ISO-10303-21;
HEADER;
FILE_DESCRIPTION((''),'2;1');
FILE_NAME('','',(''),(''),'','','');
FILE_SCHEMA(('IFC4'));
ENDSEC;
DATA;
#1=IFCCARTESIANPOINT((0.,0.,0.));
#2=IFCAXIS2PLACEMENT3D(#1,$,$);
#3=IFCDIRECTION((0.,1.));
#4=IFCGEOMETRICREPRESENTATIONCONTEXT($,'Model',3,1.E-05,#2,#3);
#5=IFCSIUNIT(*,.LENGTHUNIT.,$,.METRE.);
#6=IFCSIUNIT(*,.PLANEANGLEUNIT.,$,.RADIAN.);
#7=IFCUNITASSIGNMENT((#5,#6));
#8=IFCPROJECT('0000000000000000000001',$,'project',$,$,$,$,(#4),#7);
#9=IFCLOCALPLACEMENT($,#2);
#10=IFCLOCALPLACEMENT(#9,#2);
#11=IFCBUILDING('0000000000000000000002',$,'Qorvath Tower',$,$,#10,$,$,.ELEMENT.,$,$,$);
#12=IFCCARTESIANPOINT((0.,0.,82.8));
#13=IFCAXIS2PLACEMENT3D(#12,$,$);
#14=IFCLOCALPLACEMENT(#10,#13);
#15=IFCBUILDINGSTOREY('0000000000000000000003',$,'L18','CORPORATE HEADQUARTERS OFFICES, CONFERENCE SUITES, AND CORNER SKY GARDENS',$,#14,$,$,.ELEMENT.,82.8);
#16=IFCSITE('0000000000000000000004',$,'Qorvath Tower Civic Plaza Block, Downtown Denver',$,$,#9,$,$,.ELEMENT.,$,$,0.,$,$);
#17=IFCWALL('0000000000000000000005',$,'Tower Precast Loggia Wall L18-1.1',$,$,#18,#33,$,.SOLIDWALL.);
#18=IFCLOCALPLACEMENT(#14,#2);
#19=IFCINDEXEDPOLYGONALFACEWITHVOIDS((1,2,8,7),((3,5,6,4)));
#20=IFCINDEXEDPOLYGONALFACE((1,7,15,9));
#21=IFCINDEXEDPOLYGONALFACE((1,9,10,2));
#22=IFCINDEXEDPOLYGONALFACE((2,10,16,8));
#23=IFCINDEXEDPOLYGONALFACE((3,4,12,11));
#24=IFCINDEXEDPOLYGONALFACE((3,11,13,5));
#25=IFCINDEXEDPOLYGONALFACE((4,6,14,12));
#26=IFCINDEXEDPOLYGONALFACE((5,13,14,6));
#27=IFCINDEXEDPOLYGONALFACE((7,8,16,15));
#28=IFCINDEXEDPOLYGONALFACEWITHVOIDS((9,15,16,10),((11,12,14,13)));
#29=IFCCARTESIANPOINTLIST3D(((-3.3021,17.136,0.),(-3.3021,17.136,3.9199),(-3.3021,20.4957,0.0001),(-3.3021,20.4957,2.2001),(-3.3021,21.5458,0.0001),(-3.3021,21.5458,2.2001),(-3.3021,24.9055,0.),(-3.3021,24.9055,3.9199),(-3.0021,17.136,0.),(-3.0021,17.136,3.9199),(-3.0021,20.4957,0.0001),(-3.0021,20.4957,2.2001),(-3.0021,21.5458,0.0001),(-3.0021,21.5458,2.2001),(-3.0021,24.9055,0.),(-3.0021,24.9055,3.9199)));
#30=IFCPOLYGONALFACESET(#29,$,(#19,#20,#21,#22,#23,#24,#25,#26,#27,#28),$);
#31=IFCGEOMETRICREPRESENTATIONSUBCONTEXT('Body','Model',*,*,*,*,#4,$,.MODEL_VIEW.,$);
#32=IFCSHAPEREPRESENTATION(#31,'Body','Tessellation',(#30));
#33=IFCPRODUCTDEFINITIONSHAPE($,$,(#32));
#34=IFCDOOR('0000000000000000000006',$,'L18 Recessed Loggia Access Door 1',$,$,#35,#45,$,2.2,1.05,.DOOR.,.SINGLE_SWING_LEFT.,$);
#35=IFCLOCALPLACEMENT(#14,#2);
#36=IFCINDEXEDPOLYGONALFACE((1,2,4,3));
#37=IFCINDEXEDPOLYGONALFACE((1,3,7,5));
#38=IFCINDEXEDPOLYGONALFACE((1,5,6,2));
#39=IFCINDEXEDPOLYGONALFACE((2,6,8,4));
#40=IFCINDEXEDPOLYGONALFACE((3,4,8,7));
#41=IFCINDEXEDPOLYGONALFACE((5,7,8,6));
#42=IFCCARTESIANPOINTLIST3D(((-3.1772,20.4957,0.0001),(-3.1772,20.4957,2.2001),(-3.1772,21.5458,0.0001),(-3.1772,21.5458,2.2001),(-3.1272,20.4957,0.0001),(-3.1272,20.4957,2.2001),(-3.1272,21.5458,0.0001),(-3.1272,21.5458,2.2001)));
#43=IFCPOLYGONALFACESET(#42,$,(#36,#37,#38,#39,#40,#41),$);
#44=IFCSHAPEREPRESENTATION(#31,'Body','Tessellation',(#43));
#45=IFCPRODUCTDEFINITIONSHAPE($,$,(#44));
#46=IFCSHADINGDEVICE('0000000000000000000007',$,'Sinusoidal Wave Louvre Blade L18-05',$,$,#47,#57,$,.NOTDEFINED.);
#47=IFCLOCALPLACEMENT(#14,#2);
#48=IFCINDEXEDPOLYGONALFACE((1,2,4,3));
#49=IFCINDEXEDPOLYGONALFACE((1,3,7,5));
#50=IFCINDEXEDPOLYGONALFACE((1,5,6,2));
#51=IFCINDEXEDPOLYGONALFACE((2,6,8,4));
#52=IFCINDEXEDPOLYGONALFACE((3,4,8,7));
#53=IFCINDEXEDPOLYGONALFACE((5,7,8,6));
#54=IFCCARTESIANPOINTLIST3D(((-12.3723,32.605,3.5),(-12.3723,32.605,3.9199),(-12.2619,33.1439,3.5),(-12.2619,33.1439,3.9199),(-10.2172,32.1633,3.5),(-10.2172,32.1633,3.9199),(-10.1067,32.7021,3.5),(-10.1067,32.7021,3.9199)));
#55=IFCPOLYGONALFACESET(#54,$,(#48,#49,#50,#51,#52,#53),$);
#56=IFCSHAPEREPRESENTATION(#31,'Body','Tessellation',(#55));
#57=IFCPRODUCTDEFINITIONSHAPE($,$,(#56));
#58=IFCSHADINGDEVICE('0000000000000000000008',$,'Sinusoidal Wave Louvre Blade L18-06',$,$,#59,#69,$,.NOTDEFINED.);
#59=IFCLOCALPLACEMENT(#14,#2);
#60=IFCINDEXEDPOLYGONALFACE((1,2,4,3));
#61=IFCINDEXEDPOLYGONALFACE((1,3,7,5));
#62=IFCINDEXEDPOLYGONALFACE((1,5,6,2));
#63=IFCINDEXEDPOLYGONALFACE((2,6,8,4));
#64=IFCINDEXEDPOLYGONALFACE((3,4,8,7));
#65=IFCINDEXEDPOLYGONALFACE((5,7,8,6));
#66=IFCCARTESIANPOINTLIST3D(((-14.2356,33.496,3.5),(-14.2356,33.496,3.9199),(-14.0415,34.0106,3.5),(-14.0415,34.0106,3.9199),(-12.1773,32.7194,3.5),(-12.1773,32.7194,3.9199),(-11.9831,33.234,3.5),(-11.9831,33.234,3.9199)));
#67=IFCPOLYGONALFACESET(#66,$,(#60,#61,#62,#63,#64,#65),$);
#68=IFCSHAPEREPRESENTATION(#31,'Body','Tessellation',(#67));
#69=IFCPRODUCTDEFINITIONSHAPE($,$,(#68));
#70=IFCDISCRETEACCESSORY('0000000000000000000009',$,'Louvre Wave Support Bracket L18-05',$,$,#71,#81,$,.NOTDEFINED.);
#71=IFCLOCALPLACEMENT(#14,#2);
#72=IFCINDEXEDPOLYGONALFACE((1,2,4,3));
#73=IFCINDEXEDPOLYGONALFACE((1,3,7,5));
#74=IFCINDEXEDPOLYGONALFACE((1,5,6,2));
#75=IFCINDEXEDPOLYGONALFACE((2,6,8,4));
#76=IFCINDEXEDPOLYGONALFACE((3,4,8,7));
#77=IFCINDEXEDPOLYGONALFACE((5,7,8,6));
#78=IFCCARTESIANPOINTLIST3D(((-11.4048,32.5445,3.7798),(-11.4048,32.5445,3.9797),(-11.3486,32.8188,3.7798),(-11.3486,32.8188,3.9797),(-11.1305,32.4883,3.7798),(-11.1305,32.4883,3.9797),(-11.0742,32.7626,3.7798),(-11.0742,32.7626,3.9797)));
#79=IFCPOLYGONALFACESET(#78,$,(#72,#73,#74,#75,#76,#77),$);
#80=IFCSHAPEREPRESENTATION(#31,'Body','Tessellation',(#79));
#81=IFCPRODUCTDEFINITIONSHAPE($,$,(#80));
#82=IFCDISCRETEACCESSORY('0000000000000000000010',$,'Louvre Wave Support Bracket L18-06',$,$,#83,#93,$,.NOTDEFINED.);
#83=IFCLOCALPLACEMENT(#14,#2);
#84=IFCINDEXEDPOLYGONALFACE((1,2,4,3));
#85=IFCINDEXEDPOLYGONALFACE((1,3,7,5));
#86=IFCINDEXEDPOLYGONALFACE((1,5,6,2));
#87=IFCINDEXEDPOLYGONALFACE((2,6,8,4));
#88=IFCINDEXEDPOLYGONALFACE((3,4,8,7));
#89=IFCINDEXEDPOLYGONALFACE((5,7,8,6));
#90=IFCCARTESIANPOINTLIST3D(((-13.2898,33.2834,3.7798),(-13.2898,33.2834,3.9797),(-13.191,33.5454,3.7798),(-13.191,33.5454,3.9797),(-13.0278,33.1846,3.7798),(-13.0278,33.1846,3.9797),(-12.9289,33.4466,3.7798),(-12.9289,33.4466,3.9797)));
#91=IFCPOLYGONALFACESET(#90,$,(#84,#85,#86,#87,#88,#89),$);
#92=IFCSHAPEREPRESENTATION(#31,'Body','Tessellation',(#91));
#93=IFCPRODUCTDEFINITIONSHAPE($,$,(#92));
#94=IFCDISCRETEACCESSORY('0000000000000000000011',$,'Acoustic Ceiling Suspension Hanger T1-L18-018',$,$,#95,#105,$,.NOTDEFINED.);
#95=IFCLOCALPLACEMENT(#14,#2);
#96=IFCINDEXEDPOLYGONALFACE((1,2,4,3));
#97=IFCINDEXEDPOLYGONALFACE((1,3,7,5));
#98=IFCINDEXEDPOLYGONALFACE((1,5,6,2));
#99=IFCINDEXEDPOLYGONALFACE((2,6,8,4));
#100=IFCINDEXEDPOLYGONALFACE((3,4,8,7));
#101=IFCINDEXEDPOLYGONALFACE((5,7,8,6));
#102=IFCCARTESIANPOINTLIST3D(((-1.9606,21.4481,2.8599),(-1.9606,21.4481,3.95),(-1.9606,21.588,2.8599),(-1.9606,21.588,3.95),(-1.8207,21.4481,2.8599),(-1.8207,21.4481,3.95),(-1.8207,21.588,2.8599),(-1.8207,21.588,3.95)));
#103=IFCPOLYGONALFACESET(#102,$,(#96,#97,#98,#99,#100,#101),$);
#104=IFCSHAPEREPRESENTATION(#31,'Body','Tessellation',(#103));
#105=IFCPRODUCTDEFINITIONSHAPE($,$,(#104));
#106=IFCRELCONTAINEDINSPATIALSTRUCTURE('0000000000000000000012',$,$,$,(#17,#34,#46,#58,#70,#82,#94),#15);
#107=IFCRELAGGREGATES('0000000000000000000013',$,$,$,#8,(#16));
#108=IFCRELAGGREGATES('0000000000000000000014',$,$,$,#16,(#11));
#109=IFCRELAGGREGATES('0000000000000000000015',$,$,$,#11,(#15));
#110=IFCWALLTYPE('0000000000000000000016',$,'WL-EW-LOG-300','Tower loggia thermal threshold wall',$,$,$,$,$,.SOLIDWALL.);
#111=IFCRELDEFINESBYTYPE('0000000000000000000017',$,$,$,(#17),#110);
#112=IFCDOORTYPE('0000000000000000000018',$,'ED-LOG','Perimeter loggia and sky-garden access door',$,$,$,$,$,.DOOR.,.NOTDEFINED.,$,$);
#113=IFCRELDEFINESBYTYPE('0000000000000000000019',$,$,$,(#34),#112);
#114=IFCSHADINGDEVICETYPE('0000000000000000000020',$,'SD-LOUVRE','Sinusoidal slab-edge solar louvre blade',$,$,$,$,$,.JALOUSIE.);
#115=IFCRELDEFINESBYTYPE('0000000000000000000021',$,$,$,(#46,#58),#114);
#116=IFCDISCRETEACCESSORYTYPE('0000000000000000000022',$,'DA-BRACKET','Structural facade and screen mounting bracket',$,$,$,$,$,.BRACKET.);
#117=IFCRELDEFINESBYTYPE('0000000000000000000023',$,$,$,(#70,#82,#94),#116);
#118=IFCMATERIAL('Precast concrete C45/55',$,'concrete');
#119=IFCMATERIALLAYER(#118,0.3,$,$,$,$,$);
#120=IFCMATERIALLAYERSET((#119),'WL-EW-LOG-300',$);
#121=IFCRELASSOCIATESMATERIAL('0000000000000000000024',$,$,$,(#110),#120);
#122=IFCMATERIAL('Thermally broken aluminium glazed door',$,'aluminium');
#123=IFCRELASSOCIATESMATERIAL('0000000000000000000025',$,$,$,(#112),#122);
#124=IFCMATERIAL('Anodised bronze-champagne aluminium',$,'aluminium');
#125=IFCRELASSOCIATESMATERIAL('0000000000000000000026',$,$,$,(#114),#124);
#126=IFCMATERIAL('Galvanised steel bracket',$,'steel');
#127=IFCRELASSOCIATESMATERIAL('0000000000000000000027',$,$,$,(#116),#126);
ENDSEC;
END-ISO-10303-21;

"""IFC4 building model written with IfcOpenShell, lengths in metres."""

from ifc_helpers import new_model, si_unit, direction, frame, frame_2d, origin, origin_2d, place, context, subcontext, project, spatial, rectangle, extrude, material, layer, layer_set, type_object, element, fill, save


model = new_model("IFC4")

# Units and contexts
model_context = context("Model", 3, precision=1e-05, world=origin(), true_north=direction((0.0, 1.0)))
body_context = subcontext(model_context, "Body", "Model", "MODEL_VIEW")
ifc_project = project(units=[si_unit("LENGTHUNIT", "METRE"), si_unit("PLANEANGLEUNIT", "RADIAN")], contexts=[model_context])

# Site, building, storey
site_placement = place(None, origin())
site = spatial("IfcSite", under=ifc_project, at=site_placement, Name="Qorvath Tower Civic Plaza Block, Downtown Denver", CompositionType="ELEMENT", RefElevation=0.0)
building_placement = place(site_placement, origin())
building = spatial("IfcBuilding", under=site, at=building_placement, Name="Qorvath Tower", CompositionType="ELEMENT")
storey_placement = place(building_placement, frame((0.0, 0.0, 82.8)))
storey = spatial("IfcBuildingStorey", under=building, at=storey_placement, Name="L18", Description="CORPORATE HEADQUARTERS OFFICES, CONFERENCE SUITES, AND CORNER SKY GARDENS", CompositionType="ELEMENT", Elevation=82.8)

# Wall, opening, door
ifc_material_1 = material(Name="Precast concrete C45/55", Category="concrete")
ifc_layer_1 = layer(ifc_material_1, 0.3)
ifc_layer_set_1 = layer_set([ifc_layer_1], Name="WL-EW-LOG-300")
wall_type = type_object("IfcWallType", Name="WL-EW-LOG-300", Description="Tower loggia thermal threshold wall", PredefinedType="SOLIDWALL", material=ifc_layer_set_1)
wall_placement = place(storey_placement, frame((-3.1521, 24.9055, 0.0), z_axis=(0.0, 0.0, 1.0), x_axis=(0.0, -1.0, 0.0)))
wall = element("IfcWall", 1, at=wall_placement, inside=storey, type_object=wall_type, Name="Tower Precast Loggia Wall L18-1.1", PredefinedType="SOLIDWALL", context=body_context, shape_type="SweptSolid", body=[
    extrude(rectangle(XDim=7.7695, YDim=0.3, at=frame_2d((3.8848, 0.0))), origin(), (0.0, 0.0, 1.0), 3.9199),
])
opening_placement = place(wall_placement, frame((3.3599, 0.0, 0.0)))
opening = element("IfcOpeningElement", 2, at=opening_placement, cuts=wall, PredefinedType="OPENING", context=body_context, shape_type="SweptSolid", body=[
    extrude(rectangle(XDim=1.05, YDim=2.2, at=frame_2d((0.5249, 1.1001))), frame((0.0, 0.1602, 0.0), z_axis=(0.0, -1.0, 0.0), x_axis=(1.0, 0.0, 0.0)), (0.0, 0.0, 1.0), 0.3201),
])
ifc_material_2 = material(Name="Thermally broken aluminium glazed door", Category="aluminium")
door_type = type_object("IfcDoorType", Name="ED-LOG", Description="Perimeter loggia and sky-garden access door", OperationType="NOTDEFINED", PredefinedType="DOOR", material=ifc_material_2)
door_placement = place(opening_placement, origin())
door = element("IfcDoor", 3, at=door_placement, inside=storey, type_object=door_type, Name="L18 Recessed Loggia Access Door 1", OperationType="SINGLE_SWING_LEFT", OverallHeight=2.2, OverallWidth=1.05, PredefinedType="DOOR", context=body_context, shape_type="SweptSolid", body=[
    extrude(rectangle(XDim=1.05, YDim=2.2, at=frame_2d((0.5249, 1.1001))), frame((0.0, 0.0249, 0.0), z_axis=(0.0, -1.0, 0.0), x_axis=(1.0, 0.0, 0.0)), (0.0, 0.0, 1.0), 0.05),
])
fill(opening, door)

# Shading devices
ifc_material_3 = material(Name="Anodised bronze-champagne aluminium", Category="aluminium")
shading_device_type = type_object("IfcShadingDeviceType", Name="SD-LOUVRE", Description="Sinusoidal slab-edge solar louvre blade", PredefinedType="JALOUSIE", material=ifc_material_3)
for number, where, z_axis, x_axis, name in (
    (4, (-11.2395, 32.6536, 3.5), (0.0, 0.0, 1.0), (-0.979633, 0.200796, 0.0), "Sinusoidal Wave Louvre Blade L18-05"),
    (5, (-13.1094, 33.365, 3.5), (0.0, 0.0, 1.0), (-0.935627, 0.352992, 0.0), "Sinusoidal Wave Louvre Blade L18-06"),
):
    element("IfcShadingDevice", number, at=place(storey_placement, frame(where, z_axis=z_axis, x_axis=x_axis)), inside=storey, type_object=shading_device_type, Name=name, PredefinedType="NOTDEFINED", context=body_context, shape_type="SweptSolid", body=[
        extrude(rectangle(XDim=2.2, YDim=0.55, at=origin_2d()), origin(), (0.0, 0.0, 1.0), 0.4199),
    ])

# Discrete accessories
ifc_material_4 = material(Name="Galvanised steel bracket", Category="steel")
discrete_accessory_type = type_object("IfcDiscreteAccessoryType", Name="DA-BRACKET", Description="Structural facade and screen mounting bracket", PredefinedType="BRACKET", material=ifc_material_4)
for number, where, z_axis, x_axis, name in (
    (6, (-11.2395, 32.6536, 3.7798), (0.0, 0.0, 1.0), (-0.979633, 0.200796, 0.0), "Louvre Wave Support Bracket L18-05"),
    (7, (-13.1094, 33.365, 3.7798), (0.0, 0.0, 1.0), (-0.935627, 0.352992, 0.0), "Louvre Wave Support Bracket L18-06"),
):
    element("IfcDiscreteAccessory", number, at=place(storey_placement, frame(where, z_axis=z_axis, x_axis=x_axis)), inside=storey, type_object=discrete_accessory_type, Name=name, PredefinedType="NOTDEFINED", context=body_context, shape_type="SweptSolid", body=[
        extrude(rectangle(XDim=0.28, YDim=0.28, at=origin_2d()), origin(), (0.0, 0.0, 1.0), 0.2),
    ])
discrete_accessory_placement = place(storey_placement, frame((-1.8906, 21.5181, 2.8599), z_axis=(0.0, 0.0, 1.0), x_axis=(1.0, 0.0, 0.0)))
element("IfcDiscreteAccessory", 8, at=discrete_accessory_placement, inside=storey, type_object=discrete_accessory_type, Name="Acoustic Ceiling Suspension Hanger T1-L18-018", PredefinedType="NOTDEFINED", context=body_context, shape_type="SweptSolid", body=[
    extrude(rectangle(XDim=0.1399, YDim=0.1399, at=origin_2d()), origin(), (0.0, 0.0, 1.0), 1.0901),
])

save(model, "model.ifc")
